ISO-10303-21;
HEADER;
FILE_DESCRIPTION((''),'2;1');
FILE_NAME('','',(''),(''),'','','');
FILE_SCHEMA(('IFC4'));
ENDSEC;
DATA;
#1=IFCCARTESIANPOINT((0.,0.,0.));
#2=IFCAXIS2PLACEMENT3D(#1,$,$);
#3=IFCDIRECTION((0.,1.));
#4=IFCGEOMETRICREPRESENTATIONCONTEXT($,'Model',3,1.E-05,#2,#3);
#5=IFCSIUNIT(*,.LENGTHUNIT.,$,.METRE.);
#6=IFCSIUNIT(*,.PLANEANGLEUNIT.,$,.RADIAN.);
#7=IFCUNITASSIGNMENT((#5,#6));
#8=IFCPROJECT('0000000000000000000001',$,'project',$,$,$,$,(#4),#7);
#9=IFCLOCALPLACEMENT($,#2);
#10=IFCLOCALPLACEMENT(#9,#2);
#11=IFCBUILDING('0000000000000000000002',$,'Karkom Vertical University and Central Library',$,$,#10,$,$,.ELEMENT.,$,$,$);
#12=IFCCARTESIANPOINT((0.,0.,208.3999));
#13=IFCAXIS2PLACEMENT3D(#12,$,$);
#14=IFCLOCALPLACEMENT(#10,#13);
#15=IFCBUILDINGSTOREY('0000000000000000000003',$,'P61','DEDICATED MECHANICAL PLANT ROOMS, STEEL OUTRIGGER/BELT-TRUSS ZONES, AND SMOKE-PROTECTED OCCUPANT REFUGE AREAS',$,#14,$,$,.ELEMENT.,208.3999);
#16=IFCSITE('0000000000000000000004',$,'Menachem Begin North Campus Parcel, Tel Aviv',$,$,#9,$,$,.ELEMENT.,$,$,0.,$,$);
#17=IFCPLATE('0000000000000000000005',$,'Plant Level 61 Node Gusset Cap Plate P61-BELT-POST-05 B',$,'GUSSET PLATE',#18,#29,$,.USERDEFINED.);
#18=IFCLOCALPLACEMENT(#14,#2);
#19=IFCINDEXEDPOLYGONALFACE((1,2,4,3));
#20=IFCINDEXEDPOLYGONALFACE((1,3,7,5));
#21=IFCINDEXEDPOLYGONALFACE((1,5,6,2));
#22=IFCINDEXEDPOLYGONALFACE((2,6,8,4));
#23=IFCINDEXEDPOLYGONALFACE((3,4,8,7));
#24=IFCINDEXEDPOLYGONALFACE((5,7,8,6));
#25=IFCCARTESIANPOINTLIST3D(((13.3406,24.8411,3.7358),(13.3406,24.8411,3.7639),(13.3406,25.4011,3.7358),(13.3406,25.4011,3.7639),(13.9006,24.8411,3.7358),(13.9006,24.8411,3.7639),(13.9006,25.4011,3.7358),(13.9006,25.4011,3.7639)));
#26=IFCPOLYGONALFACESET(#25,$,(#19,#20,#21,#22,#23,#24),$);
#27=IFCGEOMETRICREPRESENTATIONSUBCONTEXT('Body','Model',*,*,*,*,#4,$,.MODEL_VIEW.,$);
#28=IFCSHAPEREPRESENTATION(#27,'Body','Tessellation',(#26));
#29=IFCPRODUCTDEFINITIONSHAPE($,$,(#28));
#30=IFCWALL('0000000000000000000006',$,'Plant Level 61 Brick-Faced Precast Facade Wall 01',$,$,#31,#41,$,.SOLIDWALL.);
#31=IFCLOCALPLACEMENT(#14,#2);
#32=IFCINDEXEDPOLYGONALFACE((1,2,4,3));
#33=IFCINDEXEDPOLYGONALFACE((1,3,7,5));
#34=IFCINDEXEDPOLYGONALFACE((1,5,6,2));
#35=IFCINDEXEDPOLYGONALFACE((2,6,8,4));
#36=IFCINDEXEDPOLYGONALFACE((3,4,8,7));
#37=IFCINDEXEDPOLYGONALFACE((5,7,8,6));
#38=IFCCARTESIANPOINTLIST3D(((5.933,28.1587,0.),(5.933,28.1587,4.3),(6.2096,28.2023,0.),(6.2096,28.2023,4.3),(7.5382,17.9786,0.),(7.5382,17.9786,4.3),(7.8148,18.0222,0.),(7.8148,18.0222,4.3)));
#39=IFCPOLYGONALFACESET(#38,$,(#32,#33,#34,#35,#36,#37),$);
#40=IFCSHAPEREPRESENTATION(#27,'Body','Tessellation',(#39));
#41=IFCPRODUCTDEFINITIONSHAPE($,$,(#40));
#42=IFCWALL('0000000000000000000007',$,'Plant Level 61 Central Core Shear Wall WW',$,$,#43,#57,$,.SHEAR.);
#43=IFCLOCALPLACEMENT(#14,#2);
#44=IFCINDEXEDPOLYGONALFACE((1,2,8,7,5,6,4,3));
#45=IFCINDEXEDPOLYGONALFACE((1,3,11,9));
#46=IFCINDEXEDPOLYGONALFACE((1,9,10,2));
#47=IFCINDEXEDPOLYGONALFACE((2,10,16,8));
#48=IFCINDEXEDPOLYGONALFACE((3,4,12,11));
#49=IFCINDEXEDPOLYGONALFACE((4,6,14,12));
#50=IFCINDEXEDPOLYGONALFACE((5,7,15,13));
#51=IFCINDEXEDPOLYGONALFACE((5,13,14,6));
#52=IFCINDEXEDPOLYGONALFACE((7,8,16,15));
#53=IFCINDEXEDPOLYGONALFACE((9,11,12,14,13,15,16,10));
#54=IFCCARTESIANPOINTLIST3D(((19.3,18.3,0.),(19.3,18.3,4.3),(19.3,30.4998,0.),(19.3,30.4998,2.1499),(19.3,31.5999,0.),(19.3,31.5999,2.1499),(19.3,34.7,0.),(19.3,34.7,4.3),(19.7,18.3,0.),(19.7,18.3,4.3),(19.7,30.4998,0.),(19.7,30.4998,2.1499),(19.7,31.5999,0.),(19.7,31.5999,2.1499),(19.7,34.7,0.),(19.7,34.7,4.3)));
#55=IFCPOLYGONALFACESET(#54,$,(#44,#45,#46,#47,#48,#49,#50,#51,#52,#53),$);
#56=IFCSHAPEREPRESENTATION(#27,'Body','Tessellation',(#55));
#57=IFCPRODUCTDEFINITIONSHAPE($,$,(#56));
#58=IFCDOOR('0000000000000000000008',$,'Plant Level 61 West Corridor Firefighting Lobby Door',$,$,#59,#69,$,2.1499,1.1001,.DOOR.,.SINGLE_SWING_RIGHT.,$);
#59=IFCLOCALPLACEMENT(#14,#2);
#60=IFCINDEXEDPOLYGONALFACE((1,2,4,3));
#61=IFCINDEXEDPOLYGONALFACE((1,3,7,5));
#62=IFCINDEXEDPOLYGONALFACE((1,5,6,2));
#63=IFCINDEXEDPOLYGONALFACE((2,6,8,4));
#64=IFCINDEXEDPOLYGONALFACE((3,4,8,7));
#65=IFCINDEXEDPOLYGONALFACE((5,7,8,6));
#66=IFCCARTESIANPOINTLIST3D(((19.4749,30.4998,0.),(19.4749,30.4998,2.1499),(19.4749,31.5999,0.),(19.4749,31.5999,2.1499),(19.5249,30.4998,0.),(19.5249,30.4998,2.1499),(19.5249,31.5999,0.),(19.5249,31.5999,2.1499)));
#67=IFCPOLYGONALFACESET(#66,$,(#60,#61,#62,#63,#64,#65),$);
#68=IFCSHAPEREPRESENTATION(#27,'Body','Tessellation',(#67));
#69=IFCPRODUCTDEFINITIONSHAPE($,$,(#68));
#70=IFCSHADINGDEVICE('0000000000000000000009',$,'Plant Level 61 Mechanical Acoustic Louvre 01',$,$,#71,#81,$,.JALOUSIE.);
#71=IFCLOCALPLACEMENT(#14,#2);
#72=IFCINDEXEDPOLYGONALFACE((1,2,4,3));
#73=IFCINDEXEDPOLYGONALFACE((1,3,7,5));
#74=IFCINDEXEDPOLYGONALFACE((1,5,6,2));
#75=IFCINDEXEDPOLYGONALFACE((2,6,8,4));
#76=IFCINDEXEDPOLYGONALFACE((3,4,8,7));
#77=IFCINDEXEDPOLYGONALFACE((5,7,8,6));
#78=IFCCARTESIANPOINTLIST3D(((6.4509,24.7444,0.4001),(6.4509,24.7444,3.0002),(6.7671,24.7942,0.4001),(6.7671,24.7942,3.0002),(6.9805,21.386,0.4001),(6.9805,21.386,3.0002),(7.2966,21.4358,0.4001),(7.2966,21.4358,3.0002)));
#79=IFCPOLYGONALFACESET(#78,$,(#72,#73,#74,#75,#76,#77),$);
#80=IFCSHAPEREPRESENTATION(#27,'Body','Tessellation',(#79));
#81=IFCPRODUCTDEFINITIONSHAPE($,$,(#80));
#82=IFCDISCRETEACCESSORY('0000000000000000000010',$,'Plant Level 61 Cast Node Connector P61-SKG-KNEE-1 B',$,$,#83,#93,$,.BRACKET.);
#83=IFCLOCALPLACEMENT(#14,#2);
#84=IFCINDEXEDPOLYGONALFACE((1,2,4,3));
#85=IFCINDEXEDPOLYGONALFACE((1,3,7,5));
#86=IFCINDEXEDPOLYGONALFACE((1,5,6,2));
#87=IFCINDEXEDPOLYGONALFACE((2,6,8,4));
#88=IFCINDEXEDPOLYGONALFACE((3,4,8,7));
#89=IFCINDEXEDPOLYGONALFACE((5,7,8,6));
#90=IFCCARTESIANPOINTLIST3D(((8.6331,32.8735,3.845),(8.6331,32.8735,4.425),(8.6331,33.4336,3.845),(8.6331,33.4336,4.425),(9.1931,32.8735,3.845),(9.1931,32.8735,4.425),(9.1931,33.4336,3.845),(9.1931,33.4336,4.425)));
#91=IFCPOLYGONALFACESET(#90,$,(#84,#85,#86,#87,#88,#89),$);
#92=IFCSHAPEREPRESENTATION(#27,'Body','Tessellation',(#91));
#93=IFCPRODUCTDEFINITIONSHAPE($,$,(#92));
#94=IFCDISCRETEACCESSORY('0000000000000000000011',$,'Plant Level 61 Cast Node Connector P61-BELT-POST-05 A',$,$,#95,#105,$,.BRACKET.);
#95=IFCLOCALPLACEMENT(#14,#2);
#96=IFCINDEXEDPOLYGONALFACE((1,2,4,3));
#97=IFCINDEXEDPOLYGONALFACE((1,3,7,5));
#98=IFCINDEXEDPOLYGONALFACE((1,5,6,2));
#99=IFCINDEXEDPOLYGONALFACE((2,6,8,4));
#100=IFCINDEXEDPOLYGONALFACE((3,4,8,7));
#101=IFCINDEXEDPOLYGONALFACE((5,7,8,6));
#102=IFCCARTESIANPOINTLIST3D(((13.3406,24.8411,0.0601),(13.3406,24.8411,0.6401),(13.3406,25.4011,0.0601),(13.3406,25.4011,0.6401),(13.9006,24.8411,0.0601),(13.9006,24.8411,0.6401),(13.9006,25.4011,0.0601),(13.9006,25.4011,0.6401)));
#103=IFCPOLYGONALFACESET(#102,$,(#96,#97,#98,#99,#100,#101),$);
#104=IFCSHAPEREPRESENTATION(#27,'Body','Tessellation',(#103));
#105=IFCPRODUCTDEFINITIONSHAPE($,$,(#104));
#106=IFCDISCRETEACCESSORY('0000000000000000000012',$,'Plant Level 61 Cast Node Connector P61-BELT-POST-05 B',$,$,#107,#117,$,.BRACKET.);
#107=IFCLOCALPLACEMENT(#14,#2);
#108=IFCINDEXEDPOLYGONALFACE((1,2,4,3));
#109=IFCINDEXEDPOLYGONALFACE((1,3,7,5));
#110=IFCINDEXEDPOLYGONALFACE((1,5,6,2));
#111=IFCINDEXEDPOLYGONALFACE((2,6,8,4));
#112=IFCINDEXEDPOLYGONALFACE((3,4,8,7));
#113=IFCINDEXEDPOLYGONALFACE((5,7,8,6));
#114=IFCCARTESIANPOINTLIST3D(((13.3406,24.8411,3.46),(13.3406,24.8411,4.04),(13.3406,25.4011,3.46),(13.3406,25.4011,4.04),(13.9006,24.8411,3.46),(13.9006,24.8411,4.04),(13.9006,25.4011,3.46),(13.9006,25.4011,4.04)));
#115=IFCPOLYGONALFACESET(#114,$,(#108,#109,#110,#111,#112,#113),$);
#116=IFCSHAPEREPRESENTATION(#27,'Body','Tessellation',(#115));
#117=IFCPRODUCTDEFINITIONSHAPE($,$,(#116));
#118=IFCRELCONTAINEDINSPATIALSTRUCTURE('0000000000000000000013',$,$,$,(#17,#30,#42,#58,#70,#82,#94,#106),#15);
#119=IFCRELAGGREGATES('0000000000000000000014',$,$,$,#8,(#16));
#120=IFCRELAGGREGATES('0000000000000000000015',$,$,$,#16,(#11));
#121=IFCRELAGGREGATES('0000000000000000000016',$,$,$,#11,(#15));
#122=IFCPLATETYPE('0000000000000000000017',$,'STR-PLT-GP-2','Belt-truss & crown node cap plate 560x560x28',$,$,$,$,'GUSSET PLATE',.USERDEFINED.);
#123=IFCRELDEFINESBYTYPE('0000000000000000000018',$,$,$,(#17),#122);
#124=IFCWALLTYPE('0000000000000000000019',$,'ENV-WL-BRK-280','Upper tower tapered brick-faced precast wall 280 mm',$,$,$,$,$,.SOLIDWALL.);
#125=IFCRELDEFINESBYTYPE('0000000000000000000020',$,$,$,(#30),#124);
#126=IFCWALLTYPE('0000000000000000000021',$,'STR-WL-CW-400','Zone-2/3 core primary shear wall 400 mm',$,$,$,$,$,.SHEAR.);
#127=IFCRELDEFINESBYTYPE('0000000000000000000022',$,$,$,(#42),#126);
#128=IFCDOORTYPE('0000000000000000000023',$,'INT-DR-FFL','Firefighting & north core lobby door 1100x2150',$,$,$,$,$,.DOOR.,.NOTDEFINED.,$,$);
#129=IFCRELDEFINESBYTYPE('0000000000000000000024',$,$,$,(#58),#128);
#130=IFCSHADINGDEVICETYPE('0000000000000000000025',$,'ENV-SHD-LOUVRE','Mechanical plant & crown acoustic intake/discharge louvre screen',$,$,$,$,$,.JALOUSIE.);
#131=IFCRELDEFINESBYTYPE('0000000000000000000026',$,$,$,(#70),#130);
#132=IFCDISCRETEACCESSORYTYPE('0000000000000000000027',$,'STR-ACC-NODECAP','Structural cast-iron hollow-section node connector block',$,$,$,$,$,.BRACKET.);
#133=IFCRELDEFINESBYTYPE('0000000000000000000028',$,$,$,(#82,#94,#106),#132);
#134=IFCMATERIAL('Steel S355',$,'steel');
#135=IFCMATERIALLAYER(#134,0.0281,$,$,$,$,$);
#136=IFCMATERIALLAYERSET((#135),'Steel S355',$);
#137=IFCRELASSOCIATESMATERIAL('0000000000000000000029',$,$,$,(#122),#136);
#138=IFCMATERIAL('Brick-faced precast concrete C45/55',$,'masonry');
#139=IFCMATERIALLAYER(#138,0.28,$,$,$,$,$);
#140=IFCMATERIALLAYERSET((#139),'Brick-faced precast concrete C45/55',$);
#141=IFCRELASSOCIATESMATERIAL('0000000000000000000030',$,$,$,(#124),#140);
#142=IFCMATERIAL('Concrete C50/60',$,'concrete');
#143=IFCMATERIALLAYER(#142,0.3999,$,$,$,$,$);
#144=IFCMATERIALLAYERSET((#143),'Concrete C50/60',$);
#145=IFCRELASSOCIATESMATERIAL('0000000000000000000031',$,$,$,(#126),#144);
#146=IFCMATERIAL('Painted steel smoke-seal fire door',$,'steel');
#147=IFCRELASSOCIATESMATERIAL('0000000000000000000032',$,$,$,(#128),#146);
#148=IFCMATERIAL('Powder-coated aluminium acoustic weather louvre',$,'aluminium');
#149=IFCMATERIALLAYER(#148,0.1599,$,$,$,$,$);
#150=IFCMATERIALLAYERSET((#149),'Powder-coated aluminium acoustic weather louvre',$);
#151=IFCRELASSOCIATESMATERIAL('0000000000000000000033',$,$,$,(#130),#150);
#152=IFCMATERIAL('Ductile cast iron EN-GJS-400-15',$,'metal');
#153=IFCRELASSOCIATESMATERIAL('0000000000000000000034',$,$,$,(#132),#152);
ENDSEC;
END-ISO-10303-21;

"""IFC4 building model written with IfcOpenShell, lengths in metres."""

from ifc_helpers import new_model, si_unit, direction, frame, frame_2d, origin, origin_with_axes, origin_2d, place, context, subcontext, project, spatial, rectangle, extrude, source, transform, mapped, material, layer, layer_set, type_object, element, fill, save


model = new_model("IFC4")

# Units and contexts
model_context = context("Model", 3, precision=1e-05, world=origin(), true_north=direction((0.0, 1.0)))
body_context = subcontext(model_context, "Body", "Model", "MODEL_VIEW")
ifc_project = project(units=[si_unit("LENGTHUNIT", "METRE"), si_unit("PLANEANGLEUNIT", "RADIAN")], contexts=[model_context])

# Site, building, storey
site_placement = place(None, origin())
site = spatial("IfcSite", under=ifc_project, at=site_placement, Name="Menachem Begin North Campus Parcel, Tel Aviv", CompositionType="ELEMENT", RefElevation=0.0)
building_placement = place(site_placement, origin())
building = spatial("IfcBuilding", under=site, at=building_placement, Name="Karkom Vertical University and Central Library", CompositionType="ELEMENT")
storey_placement = place(building_placement, frame((0.0, 0.0, 208.3999)))
storey = spatial("IfcBuildingStorey", under=building, at=storey_placement, Name="P61", Description="DEDICATED MECHANICAL PLANT ROOMS, STEEL OUTRIGGER/BELT-TRUSS ZONES, AND SMOKE-PROTECTED OCCUPANT REFUGE AREAS", CompositionType="ELEMENT", Elevation=208.3999)

# Shared definitions
ifc_material_1 = material(Name="Concrete C50/60", Category="concrete")

# Shared definitions
ifc_material_2 = material(Name="Steel S355", Category="steel")

# Plate
ifc_layer_1 = layer(ifc_material_2, 0.0281)
ifc_layer_set_1 = layer_set([ifc_layer_1], Name="Steel S355")
plate_type = type_object("IfcPlateType", Name="STR-PLT-GP-2", Description="Belt-truss & crown node cap plate 560x560x28", ElementType="GUSSET PLATE", PredefinedType="USERDEFINED", material=ifc_layer_set_1)
shared_shape_1 = source(origin_with_axes(), body_context, "Body", "SweptSolid", [
    extrude(rectangle(XDim=0.5601, YDim=0.5601, at=origin_2d()), origin(), (0.0, 0.0, 1.0), 0.0281),
])
for number, where, z_axis, x_axis, name in (
    (1, (13.6206, 25.1211, 3.7358), (0.0, 0.0, 1.0), (1.0, 0.0, 0.0), "Plant Level 61 Node Gusset Cap Plate P61-BELT-POST-05 B"),
):
    element("IfcPlate", number, at=place(storey_placement, frame(where, z_axis=z_axis, x_axis=x_axis)), inside=storey, type_object=plate_type, Name=name, ObjectType="GUSSET PLATE", PredefinedType="USERDEFINED", context=body_context, shape_type="MappedRepresentation", body=[
        mapped(shared_shape_1, transform((0.0, 0.0, 0.0), scale=1.0)),
    ])

# Wall
ifc_material_3 = material(Name="Brick-faced precast concrete C45/55", Category="masonry")
ifc_layer_2 = layer(ifc_material_3, 0.28)
ifc_layer_set_2 = layer_set([ifc_layer_2], Name="Brick-faced precast concrete C45/55")
wall_type_1 = type_object("IfcWallType", Name="ENV-WL-BRK-280", Description="Upper tower tapered brick-faced precast wall 280 mm", PredefinedType="SOLIDWALL", material=ifc_layer_set_2)
wall_1_placement = place(storey_placement, frame((6.0713, 28.1804, 0.0), z_axis=(0.0, 0.0, 1.0), x_axis=(0.155757, -0.987795, 0.0)))
element("IfcWall", 2, at=wall_1_placement, inside=storey, type_object=wall_type_1, Name="Plant Level 61 Brick-Faced Precast Facade Wall 01", PredefinedType="SOLIDWALL", context=body_context, shape_type="SweptSolid", body=[
    extrude(rectangle(XDim=10.3059, YDim=0.28, at=frame_2d((5.1528, 0.0))), origin(), (0.0, 0.0, 1.0), 4.3),
])

# Wall, opening, door
ifc_layer_3 = layer(ifc_material_1, 0.3999)
ifc_layer_set_3 = layer_set([ifc_layer_3], Name="Concrete C50/60")
wall_type_2 = type_object("IfcWallType", Name="STR-WL-CW-400", Description="Zone-2/3 core primary shear wall 400 mm", PredefinedType="SHEAR", material=ifc_layer_set_3)
wall_2_placement = place(storey_placement, frame((19.5, 34.7, 0.0), z_axis=(0.0, 0.0, 1.0), x_axis=(0.0, -1.0, 0.0)))
wall_2 = element("IfcWall", 3, at=wall_2_placement, inside=storey, type_object=wall_type_2, Name="Plant Level 61 Central Core Shear Wall WW", PredefinedType="SHEAR", context=body_context, shape_type="SweptSolid", body=[
    extrude(rectangle(XDim=16.3999, YDim=0.3999, at=frame_2d((8.2, 0.0))), origin(), (0.0, 0.0, 1.0), 4.3),
])
opening_placement = place(wall_2_placement, frame((3.1001, 0.0, 0.0)))
opening = element("IfcOpeningElement", 4, at=opening_placement, cuts=wall_2, PredefinedType="OPENING", context=body_context, shape_type="SweptSolid", body=[
    extrude(rectangle(XDim=1.1001, YDim=2.1499, at=frame_2d((0.55, 1.075))), frame((0.0, 0.21, 0.0), z_axis=(0.0, -1.0, 0.0), x_axis=(1.0, 0.0, 0.0)), (0.0, 0.0, 1.0), 0.4199),
])
ifc_material_4 = material(Name="Painted steel smoke-seal fire door", Category="steel")
door_type = type_object("IfcDoorType", Name="INT-DR-FFL", Description="Firefighting & north core lobby door 1100x2150", OperationType="NOTDEFINED", PredefinedType="DOOR", material=ifc_material_4)
shared_shape_2 = source(origin_with_axes(), body_context, "Body", "SweptSolid", [
    extrude(rectangle(XDim=1.1001, YDim=2.1499, at=frame_2d((0.55, 1.075))), frame((0.0, 0.0249, 0.0), z_axis=(0.0, -1.0, 0.0), x_axis=(1.0, 0.0, 0.0)), (0.0, 0.0, 1.0), 0.05),
])
door_placement = place(opening_placement, origin())
door = element("IfcDoor", 5, at=door_placement, inside=storey, type_object=door_type, Name="Plant Level 61 West Corridor Firefighting Lobby Door", OperationType="SINGLE_SWING_RIGHT", OverallHeight=2.1499, OverallWidth=1.1001, PredefinedType="DOOR", context=body_context, shape_type="MappedRepresentation", body=[
    mapped(shared_shape_2, transform((0.0, 0.0, 0.0), scale=1.0)),
])
fill(opening, door)

# Shading device
ifc_material_5 = material(Name="Powder-coated aluminium acoustic weather louvre", Category="aluminium")
ifc_layer_4 = layer(ifc_material_5, 0.1599)
ifc_layer_set_4 = layer_set([ifc_layer_4], Name="Powder-coated aluminium acoustic weather louvre")
shading_device_type = type_object("IfcShadingDeviceType", Name="ENV-SHD-LOUVRE", Description="Mechanical plant & crown acoustic intake/discharge louvre screen", PredefinedType="JALOUSIE", material=ifc_layer_set_4)
shared_shape_3 = source(origin_with_axes(), body_context, "Body", "SweptSolid", [
    extrude(rectangle(XDim=3.3999, YDim=0.3201, at=origin_2d()), origin(), (0.0, 0.0, 1.0), 2.6001),
])
shading_device_placement = place(storey_placement, frame((6.8738, 23.0901, 0.4001), z_axis=(0.0, 0.0, 1.0), x_axis=(0.155745, -0.987797, 0.0)))
element("IfcShadingDevice", 6, at=shading_device_placement, inside=storey, type_object=shading_device_type, Name="Plant Level 61 Mechanical Acoustic Louvre 01", PredefinedType="JALOUSIE", context=body_context, shape_type="MappedRepresentation", body=[
    mapped(shared_shape_3, transform((0.0, 0.0, 0.0), scale=1.0)),
])

# Discrete accessories
ifc_material_6 = material(Name="Ductile cast iron EN-GJS-400-15", Category="metal")
discrete_accessory_type = type_object("IfcDiscreteAccessoryType", Name="STR-ACC-NODECAP", Description="Structural cast-iron hollow-section node connector block", PredefinedType="BRACKET", material=ifc_material_6)
shared_shape_4 = source(origin_with_axes(), body_context, "Body", "SweptSolid", [
    extrude(rectangle(XDim=0.5601, YDim=0.5601, at=origin_2d()), origin(), (0.0, 0.0, 1.0), 0.5801),
])
for number, where, z_axis, x_axis, name in (
    (7, (8.9131, 33.1536, 3.845), (0.0, 0.0, 1.0), (1.0, 0.0, 0.0), "Plant Level 61 Cast Node Connector P61-SKG-KNEE-1 B"),
    (8, (13.6206, 25.1211, 0.0601), (0.0, 0.0, 1.0), (1.0, 0.0, 0.0), "Plant Level 61 Cast Node Connector P61-BELT-POST-05 A"),
    (9, (13.6206, 25.1211, 3.46), (0.0, 0.0, 1.0), (1.0, 0.0, 0.0), "Plant Level 61 Cast Node Connector P61-BELT-POST-05 B"),
):
    element("IfcDiscreteAccessory", number, at=place(storey_placement, frame(where, z_axis=z_axis, x_axis=x_axis)), inside=storey, type_object=discrete_accessory_type, Name=name, PredefinedType="BRACKET", context=body_context, shape_type="MappedRepresentation", body=[
        mapped(shared_shape_4, transform((0.0, 0.0, 0.0), scale=1.0)),
    ])

save(model, "model.ifc")
